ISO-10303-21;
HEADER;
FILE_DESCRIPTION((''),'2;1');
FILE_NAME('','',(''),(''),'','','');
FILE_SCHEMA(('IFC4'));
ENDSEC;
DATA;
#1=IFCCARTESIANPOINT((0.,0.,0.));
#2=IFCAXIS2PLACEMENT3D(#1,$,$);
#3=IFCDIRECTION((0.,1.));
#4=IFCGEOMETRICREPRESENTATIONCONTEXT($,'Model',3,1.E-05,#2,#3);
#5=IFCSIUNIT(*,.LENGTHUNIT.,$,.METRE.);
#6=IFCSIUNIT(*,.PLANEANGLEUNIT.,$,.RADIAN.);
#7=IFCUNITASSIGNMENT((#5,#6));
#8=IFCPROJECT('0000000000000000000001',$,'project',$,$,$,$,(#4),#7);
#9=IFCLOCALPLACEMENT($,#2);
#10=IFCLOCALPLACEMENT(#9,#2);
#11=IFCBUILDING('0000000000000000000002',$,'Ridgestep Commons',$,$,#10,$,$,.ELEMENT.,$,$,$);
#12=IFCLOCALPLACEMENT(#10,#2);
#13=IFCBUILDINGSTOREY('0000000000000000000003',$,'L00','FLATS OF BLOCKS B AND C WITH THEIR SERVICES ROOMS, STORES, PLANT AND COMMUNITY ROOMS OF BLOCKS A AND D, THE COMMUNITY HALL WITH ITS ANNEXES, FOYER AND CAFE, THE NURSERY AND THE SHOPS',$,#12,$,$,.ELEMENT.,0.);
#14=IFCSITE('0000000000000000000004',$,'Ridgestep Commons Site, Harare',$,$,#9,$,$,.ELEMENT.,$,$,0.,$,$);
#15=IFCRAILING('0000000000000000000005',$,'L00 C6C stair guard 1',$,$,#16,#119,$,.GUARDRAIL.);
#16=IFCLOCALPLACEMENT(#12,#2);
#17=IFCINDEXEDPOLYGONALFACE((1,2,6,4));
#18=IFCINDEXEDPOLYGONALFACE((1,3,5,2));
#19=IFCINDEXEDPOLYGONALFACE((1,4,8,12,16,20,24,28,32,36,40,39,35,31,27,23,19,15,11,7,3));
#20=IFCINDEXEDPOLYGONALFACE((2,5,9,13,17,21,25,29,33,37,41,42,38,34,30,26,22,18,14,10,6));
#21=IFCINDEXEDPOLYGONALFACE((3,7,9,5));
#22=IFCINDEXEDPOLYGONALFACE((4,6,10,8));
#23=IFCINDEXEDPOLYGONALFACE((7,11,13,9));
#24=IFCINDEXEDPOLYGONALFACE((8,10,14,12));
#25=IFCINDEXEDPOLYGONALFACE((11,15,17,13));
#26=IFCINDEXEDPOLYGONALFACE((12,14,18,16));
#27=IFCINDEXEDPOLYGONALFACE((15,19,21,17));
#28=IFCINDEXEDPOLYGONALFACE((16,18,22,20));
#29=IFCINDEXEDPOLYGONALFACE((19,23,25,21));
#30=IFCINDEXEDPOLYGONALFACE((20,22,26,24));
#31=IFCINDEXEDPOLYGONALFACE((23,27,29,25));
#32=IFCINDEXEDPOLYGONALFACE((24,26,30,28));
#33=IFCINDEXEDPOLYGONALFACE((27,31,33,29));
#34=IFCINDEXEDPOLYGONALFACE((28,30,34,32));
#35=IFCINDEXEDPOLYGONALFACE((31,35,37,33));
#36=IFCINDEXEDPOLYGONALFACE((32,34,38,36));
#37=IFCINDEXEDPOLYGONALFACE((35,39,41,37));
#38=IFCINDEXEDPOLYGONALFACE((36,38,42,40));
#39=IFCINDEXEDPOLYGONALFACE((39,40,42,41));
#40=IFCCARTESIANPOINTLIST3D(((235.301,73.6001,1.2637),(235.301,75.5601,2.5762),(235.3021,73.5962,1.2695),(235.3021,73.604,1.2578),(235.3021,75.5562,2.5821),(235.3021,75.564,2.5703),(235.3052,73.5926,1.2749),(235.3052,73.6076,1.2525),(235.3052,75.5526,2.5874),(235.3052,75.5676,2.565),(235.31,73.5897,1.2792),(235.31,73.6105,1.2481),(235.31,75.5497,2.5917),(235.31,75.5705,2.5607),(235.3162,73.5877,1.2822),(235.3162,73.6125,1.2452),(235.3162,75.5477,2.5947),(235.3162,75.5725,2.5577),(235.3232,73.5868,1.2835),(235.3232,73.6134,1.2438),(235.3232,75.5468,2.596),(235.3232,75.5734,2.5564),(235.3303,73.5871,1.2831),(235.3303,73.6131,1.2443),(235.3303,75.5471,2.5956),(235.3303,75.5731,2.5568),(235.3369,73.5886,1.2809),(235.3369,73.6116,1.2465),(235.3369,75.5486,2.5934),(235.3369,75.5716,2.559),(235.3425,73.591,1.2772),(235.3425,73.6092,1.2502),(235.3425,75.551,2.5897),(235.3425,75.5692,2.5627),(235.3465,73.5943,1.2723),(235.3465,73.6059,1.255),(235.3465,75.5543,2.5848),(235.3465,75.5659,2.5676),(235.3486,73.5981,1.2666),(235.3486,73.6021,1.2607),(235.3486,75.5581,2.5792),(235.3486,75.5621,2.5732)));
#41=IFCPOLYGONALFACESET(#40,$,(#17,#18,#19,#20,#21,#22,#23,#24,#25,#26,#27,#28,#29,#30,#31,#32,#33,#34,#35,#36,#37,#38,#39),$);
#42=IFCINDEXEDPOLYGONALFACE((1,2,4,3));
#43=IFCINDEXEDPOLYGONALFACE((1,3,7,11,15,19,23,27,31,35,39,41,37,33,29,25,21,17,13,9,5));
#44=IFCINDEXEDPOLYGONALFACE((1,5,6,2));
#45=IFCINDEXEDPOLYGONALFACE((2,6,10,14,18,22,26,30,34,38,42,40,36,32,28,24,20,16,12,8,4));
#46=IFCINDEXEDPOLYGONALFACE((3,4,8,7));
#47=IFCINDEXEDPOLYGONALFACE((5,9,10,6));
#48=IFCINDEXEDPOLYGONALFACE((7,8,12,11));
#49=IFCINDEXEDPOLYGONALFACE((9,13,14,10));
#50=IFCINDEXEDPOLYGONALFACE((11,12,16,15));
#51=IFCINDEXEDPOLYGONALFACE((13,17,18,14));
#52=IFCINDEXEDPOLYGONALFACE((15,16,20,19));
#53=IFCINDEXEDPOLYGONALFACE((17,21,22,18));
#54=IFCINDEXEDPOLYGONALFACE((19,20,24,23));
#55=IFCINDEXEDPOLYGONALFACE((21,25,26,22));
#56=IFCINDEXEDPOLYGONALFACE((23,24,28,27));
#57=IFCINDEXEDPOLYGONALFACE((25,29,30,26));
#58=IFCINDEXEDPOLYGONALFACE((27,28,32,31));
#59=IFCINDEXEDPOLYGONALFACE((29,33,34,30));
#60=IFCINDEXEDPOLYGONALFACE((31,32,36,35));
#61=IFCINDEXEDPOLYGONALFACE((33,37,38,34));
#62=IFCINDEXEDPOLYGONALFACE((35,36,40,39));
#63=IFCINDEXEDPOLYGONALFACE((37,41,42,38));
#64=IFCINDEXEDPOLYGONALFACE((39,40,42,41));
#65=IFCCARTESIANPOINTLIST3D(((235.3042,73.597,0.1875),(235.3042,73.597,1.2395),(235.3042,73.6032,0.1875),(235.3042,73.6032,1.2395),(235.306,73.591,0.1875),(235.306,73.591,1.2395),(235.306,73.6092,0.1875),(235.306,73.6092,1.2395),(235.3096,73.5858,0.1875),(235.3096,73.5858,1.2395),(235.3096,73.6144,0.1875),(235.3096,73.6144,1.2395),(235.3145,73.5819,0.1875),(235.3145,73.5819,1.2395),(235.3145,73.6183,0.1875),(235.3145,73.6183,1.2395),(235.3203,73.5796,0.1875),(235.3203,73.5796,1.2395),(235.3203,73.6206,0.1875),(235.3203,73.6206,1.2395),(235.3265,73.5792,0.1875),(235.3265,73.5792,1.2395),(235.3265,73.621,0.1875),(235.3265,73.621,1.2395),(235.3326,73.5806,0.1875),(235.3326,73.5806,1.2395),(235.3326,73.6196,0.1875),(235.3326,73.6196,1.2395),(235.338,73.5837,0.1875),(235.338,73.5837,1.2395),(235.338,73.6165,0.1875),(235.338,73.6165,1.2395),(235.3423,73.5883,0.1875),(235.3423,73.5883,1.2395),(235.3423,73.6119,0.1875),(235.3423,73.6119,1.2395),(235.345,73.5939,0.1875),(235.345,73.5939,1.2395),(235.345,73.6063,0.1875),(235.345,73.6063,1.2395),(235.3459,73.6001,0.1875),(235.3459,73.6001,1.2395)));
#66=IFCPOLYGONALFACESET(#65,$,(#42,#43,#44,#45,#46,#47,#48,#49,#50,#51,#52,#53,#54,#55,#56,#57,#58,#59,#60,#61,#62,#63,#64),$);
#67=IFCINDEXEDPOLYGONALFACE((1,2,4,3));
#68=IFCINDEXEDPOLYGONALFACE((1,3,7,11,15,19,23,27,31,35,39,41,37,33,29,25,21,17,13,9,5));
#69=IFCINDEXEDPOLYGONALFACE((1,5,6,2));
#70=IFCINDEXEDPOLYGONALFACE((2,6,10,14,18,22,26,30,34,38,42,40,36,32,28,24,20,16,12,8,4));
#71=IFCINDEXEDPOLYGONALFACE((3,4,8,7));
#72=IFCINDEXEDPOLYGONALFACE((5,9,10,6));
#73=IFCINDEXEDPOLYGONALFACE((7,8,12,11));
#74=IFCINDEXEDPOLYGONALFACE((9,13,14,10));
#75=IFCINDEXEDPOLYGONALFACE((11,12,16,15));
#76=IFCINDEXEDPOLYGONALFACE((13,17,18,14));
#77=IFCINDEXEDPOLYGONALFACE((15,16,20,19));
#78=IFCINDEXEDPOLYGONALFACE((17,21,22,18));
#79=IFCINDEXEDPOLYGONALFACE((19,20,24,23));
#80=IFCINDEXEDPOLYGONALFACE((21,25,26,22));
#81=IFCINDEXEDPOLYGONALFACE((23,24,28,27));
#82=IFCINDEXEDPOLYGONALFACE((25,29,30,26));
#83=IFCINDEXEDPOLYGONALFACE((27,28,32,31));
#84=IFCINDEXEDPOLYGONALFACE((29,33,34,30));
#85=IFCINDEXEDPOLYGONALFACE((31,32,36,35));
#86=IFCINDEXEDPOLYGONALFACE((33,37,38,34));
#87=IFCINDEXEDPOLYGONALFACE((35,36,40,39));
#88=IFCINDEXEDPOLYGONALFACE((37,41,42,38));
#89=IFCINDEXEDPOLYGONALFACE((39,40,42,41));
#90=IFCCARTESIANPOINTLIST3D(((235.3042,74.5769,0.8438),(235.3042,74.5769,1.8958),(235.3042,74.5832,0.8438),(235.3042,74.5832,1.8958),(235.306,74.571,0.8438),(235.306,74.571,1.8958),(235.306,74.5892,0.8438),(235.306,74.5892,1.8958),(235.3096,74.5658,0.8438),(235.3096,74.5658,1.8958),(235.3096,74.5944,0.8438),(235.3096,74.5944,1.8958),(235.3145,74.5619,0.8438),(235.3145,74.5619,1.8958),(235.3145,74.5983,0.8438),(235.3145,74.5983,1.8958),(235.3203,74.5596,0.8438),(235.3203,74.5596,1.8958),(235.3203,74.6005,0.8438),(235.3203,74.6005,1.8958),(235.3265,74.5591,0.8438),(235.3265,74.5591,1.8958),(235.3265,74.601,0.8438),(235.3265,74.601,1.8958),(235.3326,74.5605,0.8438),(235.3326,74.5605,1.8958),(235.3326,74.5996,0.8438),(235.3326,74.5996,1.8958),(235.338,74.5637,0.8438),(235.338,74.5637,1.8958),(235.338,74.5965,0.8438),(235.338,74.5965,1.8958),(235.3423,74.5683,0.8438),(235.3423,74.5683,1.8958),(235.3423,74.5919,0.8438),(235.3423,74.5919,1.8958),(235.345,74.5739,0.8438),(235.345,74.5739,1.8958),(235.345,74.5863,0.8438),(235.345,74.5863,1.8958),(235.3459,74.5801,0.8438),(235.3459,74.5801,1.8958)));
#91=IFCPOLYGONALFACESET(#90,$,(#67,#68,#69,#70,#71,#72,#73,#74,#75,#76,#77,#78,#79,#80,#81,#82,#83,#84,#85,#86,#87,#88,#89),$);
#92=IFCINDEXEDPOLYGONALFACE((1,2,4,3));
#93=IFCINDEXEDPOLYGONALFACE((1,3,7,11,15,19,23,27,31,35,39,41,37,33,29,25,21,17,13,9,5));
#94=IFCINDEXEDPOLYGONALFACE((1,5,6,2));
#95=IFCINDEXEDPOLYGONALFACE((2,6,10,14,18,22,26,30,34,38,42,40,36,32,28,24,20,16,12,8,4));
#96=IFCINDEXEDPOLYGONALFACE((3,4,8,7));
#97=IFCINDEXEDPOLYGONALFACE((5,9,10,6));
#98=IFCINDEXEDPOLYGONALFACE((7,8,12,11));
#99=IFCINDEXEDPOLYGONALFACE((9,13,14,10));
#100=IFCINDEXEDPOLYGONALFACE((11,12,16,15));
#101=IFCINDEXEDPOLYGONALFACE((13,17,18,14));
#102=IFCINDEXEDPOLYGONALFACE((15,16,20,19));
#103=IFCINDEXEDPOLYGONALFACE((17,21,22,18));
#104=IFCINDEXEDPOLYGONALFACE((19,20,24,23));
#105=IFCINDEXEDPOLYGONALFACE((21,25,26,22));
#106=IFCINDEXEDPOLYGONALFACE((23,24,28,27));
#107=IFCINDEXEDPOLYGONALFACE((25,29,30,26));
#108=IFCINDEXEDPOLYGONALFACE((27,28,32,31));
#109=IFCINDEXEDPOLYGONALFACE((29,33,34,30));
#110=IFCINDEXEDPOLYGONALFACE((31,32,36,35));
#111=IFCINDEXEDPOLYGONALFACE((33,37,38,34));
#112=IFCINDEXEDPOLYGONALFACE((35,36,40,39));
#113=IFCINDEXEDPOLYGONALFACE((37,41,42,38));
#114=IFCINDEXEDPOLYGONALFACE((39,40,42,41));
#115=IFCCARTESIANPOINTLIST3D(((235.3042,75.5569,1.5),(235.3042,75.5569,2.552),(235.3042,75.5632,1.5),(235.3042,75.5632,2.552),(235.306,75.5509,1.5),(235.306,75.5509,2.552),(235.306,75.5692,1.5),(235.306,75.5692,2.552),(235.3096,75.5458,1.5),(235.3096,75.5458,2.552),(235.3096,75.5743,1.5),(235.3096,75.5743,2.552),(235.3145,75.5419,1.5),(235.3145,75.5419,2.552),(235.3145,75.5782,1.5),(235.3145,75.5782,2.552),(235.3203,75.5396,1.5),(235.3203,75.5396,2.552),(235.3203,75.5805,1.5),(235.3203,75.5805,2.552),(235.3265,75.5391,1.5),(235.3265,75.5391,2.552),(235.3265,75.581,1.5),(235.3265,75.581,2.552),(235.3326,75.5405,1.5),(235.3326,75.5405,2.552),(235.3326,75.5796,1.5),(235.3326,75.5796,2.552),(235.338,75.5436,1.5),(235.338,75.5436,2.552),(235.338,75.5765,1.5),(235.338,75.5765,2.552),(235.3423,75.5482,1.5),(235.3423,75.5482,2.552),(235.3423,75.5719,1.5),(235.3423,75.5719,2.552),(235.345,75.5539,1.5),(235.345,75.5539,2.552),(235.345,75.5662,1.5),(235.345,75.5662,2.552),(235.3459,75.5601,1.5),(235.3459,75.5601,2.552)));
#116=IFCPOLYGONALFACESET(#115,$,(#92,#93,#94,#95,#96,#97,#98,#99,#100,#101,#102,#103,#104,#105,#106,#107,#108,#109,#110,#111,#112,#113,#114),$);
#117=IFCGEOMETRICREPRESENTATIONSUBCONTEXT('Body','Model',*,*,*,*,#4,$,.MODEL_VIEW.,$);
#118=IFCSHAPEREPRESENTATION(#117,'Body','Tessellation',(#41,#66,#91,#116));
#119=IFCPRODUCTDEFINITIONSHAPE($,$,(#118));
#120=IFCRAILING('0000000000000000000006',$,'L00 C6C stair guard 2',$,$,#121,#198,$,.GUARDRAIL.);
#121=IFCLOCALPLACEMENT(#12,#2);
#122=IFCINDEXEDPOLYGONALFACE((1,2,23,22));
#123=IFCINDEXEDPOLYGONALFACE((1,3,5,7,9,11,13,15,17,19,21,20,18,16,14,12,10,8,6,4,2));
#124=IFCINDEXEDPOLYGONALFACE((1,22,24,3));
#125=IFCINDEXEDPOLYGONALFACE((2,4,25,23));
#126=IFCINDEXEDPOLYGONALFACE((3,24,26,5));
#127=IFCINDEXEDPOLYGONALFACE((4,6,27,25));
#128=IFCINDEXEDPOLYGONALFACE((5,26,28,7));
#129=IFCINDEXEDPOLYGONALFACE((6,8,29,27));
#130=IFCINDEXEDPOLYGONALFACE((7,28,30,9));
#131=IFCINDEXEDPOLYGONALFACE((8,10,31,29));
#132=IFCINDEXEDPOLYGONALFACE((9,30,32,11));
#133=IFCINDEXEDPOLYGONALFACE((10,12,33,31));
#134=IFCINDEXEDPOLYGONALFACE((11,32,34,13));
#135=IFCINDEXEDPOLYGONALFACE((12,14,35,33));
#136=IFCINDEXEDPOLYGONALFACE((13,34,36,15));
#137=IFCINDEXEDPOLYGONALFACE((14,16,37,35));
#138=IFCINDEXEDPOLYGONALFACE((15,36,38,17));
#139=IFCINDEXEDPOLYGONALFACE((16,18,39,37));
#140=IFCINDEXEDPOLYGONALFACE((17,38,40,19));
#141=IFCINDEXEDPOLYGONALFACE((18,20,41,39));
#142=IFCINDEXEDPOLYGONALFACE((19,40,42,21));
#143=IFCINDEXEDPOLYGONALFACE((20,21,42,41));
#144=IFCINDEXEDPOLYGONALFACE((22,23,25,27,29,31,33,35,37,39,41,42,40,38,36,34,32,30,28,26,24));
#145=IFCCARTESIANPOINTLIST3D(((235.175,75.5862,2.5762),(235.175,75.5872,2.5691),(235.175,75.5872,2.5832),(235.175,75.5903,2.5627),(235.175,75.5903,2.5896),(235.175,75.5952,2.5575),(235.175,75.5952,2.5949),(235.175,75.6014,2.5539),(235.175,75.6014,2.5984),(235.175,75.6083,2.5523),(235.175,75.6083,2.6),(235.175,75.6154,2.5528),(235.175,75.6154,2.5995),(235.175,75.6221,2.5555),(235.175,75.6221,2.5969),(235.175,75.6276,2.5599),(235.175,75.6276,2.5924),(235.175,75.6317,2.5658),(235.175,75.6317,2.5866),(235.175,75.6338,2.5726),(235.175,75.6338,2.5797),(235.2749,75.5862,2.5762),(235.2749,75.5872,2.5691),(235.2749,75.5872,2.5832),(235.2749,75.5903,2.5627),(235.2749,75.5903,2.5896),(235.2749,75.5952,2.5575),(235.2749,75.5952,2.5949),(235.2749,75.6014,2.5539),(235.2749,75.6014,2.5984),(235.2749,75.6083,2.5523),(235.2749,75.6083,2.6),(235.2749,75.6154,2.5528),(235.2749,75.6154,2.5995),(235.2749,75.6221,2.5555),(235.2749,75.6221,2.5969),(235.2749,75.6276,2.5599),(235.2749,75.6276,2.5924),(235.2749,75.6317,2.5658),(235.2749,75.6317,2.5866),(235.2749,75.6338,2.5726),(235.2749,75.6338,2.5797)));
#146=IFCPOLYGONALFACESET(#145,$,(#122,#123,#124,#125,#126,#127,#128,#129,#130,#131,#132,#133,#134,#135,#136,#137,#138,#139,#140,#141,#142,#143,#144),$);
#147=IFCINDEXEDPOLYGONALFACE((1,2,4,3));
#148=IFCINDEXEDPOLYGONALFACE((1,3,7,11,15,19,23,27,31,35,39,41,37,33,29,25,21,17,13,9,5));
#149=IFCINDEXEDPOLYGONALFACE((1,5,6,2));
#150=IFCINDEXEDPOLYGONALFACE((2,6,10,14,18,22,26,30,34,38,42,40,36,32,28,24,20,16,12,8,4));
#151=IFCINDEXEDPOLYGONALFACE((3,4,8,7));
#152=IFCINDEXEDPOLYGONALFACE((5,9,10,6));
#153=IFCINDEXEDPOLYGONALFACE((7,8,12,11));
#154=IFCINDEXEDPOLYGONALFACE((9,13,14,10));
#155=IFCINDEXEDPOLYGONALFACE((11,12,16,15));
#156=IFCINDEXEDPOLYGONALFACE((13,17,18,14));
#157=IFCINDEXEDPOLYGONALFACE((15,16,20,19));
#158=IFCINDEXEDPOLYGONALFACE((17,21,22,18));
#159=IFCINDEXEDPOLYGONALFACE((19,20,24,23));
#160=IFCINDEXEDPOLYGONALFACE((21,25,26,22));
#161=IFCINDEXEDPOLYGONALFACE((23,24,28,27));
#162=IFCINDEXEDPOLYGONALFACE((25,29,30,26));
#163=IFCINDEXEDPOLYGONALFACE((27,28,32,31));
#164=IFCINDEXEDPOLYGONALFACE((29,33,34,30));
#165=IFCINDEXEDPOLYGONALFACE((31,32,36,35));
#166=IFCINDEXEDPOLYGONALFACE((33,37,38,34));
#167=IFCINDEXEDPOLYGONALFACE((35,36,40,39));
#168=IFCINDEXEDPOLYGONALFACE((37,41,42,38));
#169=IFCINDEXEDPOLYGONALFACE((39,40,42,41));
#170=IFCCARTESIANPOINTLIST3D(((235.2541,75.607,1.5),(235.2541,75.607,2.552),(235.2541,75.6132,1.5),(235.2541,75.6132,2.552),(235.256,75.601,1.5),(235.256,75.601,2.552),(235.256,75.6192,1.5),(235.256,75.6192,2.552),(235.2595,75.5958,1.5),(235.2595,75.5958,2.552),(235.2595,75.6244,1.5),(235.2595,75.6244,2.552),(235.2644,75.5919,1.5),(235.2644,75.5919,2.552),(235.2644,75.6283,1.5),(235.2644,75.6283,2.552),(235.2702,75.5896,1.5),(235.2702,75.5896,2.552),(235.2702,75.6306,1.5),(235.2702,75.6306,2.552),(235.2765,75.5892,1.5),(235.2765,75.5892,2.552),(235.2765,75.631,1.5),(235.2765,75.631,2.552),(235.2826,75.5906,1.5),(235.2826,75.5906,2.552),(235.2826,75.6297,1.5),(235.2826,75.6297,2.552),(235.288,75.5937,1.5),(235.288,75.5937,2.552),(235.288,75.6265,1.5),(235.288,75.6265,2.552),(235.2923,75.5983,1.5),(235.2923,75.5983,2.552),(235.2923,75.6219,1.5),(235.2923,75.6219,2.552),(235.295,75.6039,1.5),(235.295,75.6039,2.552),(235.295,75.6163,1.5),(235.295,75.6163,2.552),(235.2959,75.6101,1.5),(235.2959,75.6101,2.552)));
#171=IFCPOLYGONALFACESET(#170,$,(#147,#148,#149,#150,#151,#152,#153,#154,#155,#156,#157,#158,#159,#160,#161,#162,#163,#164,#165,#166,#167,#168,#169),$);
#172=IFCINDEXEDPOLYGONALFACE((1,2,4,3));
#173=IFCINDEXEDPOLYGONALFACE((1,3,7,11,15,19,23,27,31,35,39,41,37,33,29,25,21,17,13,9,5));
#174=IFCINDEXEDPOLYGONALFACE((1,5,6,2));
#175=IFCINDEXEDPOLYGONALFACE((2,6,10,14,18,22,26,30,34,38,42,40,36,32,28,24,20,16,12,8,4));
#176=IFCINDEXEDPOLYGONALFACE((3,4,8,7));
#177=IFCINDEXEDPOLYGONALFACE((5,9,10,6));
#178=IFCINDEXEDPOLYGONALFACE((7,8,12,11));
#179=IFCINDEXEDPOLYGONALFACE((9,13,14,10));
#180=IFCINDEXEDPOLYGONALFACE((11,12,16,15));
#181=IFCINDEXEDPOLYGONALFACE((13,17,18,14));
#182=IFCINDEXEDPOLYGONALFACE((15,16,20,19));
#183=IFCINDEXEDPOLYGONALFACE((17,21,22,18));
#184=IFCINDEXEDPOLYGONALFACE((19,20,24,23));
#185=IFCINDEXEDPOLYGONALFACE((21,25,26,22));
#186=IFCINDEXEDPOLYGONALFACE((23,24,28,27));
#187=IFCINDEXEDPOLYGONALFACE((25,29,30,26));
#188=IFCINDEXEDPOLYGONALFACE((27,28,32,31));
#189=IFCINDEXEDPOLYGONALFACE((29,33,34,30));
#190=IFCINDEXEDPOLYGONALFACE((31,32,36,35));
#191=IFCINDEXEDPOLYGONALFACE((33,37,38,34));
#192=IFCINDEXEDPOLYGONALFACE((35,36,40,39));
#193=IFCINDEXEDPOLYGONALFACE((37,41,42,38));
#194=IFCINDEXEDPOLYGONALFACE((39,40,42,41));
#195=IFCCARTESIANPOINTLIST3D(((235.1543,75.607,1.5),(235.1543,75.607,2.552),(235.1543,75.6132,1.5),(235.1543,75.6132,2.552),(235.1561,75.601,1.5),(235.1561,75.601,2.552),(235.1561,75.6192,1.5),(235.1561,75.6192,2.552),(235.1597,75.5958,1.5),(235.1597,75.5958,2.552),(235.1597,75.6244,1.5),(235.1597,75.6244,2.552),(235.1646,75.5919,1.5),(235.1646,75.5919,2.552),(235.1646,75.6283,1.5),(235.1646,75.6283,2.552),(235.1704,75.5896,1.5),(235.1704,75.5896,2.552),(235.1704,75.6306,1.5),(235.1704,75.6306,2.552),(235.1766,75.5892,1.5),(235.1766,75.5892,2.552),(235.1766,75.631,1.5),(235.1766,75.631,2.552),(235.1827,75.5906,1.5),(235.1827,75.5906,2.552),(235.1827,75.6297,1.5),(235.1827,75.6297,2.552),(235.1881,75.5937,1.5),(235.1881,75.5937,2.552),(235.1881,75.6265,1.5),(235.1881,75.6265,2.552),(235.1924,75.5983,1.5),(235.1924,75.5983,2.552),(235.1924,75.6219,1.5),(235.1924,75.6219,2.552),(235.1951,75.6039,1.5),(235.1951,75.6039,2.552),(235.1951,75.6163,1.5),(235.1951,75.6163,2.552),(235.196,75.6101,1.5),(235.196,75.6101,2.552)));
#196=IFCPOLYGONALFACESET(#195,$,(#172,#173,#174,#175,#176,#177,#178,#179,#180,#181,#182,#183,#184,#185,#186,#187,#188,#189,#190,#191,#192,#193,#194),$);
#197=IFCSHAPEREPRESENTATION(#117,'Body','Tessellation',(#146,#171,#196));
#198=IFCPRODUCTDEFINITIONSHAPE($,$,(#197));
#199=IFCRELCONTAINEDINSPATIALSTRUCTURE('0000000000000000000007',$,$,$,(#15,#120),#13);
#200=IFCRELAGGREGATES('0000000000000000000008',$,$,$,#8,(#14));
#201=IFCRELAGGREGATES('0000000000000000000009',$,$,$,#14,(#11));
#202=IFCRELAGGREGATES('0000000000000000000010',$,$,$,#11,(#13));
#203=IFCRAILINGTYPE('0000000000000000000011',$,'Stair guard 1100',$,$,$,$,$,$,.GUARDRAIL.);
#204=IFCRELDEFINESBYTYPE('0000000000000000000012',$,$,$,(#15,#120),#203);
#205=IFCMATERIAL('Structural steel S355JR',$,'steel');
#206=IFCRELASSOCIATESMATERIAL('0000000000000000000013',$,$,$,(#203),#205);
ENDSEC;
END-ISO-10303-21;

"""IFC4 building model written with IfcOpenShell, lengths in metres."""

from ifc_helpers import new_model, si_unit, direction, frame, origin, origin_2d, place, context, subcontext, project, spatial, circle, extrude, material, type_object, element, save


model = new_model("IFC4")

# Units and contexts
model_context = context("Model", 3, precision=1e-05, world=origin(), true_north=direction((0.0, 1.0)))
body_context = subcontext(model_context, "Body", "Model", "MODEL_VIEW")
ifc_project = project(units=[si_unit("LENGTHUNIT", "METRE"), si_unit("PLANEANGLEUNIT", "RADIAN")], contexts=[model_context])

# Site, building, storey
site_placement = place(None, origin())
site = spatial("IfcSite", under=ifc_project, at=site_placement, Name="Ridgestep Commons Site, Harare", CompositionType="ELEMENT", RefElevation=0.0)
building_placement = place(site_placement, origin())
building = spatial("IfcBuilding", under=site, at=building_placement, Name="Ridgestep Commons", CompositionType="ELEMENT")
storey_placement = place(building_placement, origin())
storey = spatial("IfcBuildingStorey", under=building, at=storey_placement, Name="L00", Description="FLATS OF BLOCKS B AND C WITH THEIR SERVICES ROOMS, STORES, PLANT AND COMMUNITY ROOMS OF BLOCKS A AND D, THE COMMUNITY HALL WITH ITS ANNEXES, FOYER AND CAFE, THE NURSERY AND THE SHOPS", CompositionType="ELEMENT", Elevation=0.0)

# Railings
ifc_material_1 = material(Name="Structural steel S355JR", Category="steel")
railing_type_1 = type_object("IfcRailingType", Name="Stair guard 1100", PredefinedType="GUARDRAIL", material=ifc_material_1)
railing_1_placement = place(storey_placement, frame((235.325, 73.6001, 0.1875)))
element("IfcRailing", 1, at=railing_1_placement, inside=storey, type_object=railing_type_1, Name="L00 C6C stair guard 1", PredefinedType="GUARDRAIL", context=body_context, shape_type="SweptSolid", body=[
    extrude(circle(Radius=0.0239, at=origin_2d()), frame((0.0, 0.0, 1.0762), z_axis=(0.0, 0.830902, 0.556419), x_axis=(-1.0, 0.0, 0.0)), (0.0, 0.0, 1.0), 2.3589),
    extrude(circle(Radius=0.021, at=origin_2d()), origin(), (0.0, 0.0, 1.0), 1.052),
    extrude(circle(Radius=0.021, at=origin_2d()), frame((0.0, 0.98, 0.6562)), (0.0, 0.0, 1.0), 1.052),
    extrude(circle(Radius=0.021, at=origin_2d()), frame((0.0, 1.96, 1.3125)), (0.0, 0.0, 1.0), 1.052),
])
railing_2_placement = place(storey_placement, frame((235.2749, 75.6101, 1.5)))
element("IfcRailing", 2, at=railing_2_placement, inside=storey, type_object=railing_type_1, Name="L00 C6C stair guard 2", PredefinedType="GUARDRAIL", context=body_context, shape_type="SweptSolid", body=[
    extrude(circle(Radius=0.0239, at=origin_2d()), frame((0.0, 0.0, 1.0762), z_axis=(-1.0, 0.0, 0.0), x_axis=(0.0, -1.0, 0.0)), (0.0, 0.0, 1.0), 0.0999),
    extrude(circle(Radius=0.021, at=origin_2d()), origin(), (0.0, 0.0, 1.0), 1.052),
    extrude(circle(Radius=0.021, at=origin_2d()), frame((-0.0999, 0.0, 0.0)), (0.0, 0.0, 1.0), 1.052),
])

save(model, "model.ifc")
